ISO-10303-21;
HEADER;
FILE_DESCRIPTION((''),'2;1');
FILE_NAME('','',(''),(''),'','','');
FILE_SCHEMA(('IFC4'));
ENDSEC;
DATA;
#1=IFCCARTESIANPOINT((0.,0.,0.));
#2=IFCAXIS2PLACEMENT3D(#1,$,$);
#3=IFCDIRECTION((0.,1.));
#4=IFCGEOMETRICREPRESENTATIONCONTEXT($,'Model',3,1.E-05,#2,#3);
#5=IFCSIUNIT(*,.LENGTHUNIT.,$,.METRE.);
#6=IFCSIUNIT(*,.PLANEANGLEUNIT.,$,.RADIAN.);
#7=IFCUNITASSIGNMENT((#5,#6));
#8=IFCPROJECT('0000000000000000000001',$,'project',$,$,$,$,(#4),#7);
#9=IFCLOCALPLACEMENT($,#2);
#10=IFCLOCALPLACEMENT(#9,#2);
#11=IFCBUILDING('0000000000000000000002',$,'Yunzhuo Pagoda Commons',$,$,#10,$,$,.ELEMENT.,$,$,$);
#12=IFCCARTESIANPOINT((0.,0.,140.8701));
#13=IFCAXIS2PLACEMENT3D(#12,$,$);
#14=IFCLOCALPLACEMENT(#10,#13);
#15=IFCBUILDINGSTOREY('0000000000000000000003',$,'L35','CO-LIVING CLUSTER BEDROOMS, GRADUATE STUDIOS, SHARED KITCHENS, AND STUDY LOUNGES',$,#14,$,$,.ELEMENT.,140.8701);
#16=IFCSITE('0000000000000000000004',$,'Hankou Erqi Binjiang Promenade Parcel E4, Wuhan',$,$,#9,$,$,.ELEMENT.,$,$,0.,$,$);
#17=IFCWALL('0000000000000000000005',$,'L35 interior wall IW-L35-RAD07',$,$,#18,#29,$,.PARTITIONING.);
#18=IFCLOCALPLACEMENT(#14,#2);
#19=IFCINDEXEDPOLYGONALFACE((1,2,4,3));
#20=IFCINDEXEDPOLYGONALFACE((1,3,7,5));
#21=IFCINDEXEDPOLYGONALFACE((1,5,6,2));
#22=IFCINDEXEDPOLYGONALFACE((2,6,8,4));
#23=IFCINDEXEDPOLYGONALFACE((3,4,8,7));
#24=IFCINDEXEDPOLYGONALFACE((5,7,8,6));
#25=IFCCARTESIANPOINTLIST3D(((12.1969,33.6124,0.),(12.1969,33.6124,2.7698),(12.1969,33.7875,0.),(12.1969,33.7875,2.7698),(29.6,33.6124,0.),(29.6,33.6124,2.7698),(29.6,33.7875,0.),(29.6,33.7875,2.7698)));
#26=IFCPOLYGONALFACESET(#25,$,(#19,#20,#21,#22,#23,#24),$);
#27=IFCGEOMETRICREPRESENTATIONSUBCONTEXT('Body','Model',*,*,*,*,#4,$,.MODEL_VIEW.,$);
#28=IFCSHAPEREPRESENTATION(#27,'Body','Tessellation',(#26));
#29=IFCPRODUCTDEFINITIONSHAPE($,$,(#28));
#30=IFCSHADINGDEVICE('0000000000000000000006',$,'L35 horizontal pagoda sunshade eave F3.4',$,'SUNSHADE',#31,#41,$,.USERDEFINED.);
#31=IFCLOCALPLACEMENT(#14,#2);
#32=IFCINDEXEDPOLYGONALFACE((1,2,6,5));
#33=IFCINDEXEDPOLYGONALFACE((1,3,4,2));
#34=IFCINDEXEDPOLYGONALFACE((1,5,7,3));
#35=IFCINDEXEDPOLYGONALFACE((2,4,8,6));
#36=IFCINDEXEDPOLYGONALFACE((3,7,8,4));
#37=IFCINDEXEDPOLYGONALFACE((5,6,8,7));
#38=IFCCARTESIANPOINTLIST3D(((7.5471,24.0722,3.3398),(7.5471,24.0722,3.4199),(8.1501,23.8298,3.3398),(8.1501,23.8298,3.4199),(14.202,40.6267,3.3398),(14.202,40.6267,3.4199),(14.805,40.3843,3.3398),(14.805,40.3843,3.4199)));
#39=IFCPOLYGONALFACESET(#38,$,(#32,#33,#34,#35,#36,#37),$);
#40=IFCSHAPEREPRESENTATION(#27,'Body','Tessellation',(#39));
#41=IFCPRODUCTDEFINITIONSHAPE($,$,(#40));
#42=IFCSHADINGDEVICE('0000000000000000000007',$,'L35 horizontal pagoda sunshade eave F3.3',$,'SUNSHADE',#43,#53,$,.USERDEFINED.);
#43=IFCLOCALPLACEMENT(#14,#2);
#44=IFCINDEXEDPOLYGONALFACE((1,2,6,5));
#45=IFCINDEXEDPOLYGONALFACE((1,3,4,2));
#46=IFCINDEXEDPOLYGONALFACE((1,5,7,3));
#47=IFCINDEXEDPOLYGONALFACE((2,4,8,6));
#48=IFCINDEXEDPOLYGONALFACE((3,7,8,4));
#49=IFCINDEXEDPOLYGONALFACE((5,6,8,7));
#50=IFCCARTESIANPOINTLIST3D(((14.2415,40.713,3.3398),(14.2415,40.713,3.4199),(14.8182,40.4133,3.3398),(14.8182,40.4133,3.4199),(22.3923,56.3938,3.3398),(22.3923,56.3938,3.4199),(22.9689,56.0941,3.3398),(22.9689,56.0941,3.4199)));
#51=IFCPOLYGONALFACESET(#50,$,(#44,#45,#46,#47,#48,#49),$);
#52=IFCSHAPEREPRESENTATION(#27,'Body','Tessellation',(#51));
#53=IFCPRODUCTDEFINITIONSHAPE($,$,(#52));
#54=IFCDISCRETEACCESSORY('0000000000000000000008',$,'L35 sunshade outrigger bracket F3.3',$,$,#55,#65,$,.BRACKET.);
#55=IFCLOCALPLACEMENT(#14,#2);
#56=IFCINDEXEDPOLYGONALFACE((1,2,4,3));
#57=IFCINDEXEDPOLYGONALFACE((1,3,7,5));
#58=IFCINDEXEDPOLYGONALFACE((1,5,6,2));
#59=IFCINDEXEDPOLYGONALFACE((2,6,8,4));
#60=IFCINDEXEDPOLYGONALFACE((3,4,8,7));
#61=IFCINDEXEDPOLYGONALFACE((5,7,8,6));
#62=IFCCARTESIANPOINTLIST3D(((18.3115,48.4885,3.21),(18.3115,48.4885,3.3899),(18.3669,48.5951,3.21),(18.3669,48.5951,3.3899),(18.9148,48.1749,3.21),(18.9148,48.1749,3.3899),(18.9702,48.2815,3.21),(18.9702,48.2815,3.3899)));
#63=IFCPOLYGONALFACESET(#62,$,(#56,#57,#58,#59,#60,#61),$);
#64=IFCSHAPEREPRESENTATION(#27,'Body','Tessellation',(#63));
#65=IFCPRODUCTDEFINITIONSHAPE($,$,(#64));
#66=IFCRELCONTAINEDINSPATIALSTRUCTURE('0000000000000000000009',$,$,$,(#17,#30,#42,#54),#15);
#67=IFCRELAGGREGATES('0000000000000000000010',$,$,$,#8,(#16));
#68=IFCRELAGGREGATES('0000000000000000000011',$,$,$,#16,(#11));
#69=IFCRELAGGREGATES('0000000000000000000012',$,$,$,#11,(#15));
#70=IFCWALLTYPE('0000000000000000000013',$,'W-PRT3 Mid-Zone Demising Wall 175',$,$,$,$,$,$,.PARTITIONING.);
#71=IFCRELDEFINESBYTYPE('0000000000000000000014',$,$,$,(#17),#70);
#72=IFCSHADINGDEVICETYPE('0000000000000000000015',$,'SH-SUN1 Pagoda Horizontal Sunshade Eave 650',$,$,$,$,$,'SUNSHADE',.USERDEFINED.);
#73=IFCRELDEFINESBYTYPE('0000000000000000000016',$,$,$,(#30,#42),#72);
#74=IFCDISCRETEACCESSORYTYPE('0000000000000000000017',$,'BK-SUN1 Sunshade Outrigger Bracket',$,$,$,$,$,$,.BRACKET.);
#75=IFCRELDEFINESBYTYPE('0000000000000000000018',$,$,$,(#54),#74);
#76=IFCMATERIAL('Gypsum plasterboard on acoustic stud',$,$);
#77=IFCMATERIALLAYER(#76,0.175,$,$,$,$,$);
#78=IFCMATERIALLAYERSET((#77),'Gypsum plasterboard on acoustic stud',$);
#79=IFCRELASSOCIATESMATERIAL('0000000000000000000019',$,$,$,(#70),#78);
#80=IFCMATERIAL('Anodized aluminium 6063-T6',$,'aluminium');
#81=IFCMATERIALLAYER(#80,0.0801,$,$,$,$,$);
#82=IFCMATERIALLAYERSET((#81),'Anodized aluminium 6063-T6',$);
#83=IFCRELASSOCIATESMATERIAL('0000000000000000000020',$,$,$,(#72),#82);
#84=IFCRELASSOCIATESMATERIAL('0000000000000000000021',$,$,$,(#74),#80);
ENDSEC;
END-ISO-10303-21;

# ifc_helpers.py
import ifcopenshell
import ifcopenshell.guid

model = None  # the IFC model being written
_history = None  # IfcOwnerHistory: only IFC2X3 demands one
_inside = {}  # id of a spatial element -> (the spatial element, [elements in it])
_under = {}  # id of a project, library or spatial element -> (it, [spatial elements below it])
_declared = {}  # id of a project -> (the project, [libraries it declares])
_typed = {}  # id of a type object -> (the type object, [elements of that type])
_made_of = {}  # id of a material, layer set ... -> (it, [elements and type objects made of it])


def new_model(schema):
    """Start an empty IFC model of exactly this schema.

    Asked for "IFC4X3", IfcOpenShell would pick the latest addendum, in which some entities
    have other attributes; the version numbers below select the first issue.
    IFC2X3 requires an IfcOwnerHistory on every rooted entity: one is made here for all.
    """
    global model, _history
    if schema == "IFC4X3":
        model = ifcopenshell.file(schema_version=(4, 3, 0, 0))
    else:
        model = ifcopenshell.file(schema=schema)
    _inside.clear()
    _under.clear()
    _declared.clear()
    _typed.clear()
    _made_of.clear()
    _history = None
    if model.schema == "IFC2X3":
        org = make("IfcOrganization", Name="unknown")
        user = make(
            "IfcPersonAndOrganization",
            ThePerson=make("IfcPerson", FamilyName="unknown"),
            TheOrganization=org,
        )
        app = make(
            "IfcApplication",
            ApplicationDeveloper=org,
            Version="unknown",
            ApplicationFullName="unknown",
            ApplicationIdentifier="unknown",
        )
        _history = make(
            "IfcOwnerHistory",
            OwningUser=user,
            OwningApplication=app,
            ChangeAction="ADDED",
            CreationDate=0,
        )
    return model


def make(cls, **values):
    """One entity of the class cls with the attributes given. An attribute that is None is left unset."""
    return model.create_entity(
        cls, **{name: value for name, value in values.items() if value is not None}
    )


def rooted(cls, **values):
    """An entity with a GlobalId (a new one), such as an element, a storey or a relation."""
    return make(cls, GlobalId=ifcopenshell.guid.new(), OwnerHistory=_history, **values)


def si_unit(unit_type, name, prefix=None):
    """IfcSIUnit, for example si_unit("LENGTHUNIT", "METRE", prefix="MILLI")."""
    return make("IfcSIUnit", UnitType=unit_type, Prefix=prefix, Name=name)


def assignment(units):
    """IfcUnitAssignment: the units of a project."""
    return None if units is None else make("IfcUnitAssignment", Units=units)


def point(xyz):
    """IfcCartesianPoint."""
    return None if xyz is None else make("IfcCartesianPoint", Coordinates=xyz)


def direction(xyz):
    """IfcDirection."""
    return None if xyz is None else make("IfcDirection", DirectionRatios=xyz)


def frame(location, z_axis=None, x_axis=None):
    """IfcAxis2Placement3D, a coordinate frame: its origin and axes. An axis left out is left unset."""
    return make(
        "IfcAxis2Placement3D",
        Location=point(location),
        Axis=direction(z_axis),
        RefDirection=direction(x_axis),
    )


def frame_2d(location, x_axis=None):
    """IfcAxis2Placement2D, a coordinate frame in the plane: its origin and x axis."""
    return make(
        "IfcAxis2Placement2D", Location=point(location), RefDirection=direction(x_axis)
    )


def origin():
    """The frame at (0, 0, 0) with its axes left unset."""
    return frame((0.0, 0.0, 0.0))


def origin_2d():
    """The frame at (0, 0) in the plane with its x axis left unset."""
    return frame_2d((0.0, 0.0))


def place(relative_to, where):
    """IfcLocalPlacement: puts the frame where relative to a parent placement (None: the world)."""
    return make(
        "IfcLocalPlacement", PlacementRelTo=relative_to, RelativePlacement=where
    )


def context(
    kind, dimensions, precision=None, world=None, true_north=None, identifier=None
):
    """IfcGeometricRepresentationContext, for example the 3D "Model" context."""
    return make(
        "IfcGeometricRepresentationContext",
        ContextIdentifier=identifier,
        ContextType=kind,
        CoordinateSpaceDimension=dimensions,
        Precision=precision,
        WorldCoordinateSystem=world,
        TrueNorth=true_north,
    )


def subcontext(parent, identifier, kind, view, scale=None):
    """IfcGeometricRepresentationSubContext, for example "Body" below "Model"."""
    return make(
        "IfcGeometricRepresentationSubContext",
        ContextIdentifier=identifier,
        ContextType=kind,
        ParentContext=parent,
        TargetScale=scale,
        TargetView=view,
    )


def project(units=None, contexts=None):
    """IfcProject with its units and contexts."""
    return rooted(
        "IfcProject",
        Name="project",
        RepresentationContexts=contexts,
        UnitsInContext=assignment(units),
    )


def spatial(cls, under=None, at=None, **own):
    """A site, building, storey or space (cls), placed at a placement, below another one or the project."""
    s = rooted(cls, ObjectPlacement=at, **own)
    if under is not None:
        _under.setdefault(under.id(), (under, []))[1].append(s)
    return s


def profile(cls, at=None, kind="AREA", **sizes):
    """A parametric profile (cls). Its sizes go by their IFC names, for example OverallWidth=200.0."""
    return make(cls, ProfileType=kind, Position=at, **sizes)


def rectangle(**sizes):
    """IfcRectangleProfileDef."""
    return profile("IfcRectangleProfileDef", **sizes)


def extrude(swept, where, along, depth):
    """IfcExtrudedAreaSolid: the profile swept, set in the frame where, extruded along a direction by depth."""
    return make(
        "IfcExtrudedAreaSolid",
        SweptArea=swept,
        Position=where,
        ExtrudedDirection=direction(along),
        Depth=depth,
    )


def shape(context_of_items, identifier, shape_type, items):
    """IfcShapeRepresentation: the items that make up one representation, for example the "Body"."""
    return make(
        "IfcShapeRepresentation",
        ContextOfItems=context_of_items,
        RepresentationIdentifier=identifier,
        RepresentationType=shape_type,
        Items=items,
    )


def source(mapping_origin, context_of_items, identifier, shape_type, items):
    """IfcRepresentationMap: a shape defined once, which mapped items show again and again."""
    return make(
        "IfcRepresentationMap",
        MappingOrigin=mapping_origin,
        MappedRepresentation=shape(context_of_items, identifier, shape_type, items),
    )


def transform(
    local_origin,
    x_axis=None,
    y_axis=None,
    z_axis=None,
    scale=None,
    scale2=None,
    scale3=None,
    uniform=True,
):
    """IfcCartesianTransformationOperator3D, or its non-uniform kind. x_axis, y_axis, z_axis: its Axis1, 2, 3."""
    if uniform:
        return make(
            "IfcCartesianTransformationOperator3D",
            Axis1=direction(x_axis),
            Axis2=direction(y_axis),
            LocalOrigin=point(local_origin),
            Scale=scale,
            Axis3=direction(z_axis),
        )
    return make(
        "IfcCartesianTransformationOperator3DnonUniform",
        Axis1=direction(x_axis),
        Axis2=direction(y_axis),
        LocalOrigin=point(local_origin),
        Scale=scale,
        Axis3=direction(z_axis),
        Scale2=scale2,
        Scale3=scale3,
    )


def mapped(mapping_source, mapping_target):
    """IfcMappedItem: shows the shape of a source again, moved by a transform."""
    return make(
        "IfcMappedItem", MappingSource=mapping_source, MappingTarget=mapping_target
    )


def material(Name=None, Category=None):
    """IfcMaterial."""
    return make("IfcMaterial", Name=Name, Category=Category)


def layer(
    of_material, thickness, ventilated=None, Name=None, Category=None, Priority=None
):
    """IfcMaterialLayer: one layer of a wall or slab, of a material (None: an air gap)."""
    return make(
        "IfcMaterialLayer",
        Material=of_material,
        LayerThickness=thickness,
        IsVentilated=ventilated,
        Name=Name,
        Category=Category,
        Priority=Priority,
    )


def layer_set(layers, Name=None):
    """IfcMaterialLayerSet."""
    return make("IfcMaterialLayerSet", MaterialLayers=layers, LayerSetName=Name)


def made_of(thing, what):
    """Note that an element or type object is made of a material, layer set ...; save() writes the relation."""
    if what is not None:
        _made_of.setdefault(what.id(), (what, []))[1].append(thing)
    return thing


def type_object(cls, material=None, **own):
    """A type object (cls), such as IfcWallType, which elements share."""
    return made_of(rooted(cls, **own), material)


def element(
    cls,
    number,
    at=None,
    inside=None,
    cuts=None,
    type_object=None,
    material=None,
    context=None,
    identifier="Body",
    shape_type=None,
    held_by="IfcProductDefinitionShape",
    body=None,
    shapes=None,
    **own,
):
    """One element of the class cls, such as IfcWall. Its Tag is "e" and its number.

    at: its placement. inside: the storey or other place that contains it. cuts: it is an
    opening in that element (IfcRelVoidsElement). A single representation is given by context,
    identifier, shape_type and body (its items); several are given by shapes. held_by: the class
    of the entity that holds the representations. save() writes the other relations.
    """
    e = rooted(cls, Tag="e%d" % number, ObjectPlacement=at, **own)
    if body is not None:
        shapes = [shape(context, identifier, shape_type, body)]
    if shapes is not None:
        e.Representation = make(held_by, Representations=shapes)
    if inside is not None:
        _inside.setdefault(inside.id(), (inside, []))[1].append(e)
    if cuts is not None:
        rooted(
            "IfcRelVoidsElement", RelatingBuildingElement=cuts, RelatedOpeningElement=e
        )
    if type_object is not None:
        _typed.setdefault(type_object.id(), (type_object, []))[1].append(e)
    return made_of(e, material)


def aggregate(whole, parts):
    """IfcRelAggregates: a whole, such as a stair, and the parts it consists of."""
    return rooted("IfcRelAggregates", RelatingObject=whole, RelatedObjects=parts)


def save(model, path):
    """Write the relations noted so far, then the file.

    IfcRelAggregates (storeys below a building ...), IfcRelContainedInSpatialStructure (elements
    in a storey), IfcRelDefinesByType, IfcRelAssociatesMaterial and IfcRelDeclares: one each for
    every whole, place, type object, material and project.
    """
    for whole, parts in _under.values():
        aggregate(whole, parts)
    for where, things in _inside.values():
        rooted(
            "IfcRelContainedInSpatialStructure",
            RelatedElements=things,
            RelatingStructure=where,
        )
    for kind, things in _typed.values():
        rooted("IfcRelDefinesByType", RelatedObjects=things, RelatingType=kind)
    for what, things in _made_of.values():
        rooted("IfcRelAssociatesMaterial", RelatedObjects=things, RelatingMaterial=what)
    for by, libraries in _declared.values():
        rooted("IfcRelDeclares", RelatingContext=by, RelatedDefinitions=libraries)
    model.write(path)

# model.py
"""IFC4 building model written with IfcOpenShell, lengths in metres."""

from ifc_helpers import new_model, si_unit, direction, frame, frame_2d, origin, origin_2d, place, context, subcontext, project, spatial, rectangle, extrude, source, transform, mapped, material, layer, layer_set, type_object, element, save


model = new_model("IFC4")

# Units and contexts
model_context = context("Model", 3, precision=1e-05, world=origin(), true_north=direction((0.0, 1.0)))
body_context = subcontext(model_context, "Body", "Model", "MODEL_VIEW")
ifc_project = project(units=[si_unit("LENGTHUNIT", "METRE"), si_unit("PLANEANGLEUNIT", "RADIAN")], contexts=[model_context])

# Site, building, storey
site_placement = place(None, origin())
site = spatial("IfcSite", under=ifc_project, at=site_placement, Name="Hankou Erqi Binjiang Promenade Parcel E4, Wuhan", CompositionType="ELEMENT", RefElevation=0.0)
building_placement = place(site_placement, origin())
building = spatial("IfcBuilding", under=site, at=building_placement, Name="Yunzhuo Pagoda Commons", CompositionType="ELEMENT")
storey_placement = place(building_placement, frame((0.0, 0.0, 140.8701)))
storey = spatial("IfcBuildingStorey", under=building, at=storey_placement, Name="L35", Description="CO-LIVING CLUSTER BEDROOMS, GRADUATE STUDIOS, SHARED KITCHENS, AND STUDY LOUNGES", CompositionType="ELEMENT", Elevation=140.8701)

# Shared definitions
ifc_material_1 = material(Name="Anodized aluminium 6063-T6", Category="aluminium")

# Shared definitions
ifc_material_2 = material(Name="Gypsum plasterboard on acoustic stud")

# Wall
ifc_layer_1 = layer(ifc_material_2, 0.175)
ifc_layer_set_1 = layer_set([ifc_layer_1], Name="Gypsum plasterboard on acoustic stud")
wall_type_1 = type_object("IfcWallType", Name="W-PRT3 Mid-Zone Demising Wall 175", PredefinedType="PARTITIONING", material=ifc_layer_set_1)
wall_1_placement = place(storey_placement, frame((29.6001, 33.7, 0.0), z_axis=(0.0, 0.0, 1.0), x_axis=(-1.0, 0.0, 0.0)))
element("IfcWall", 1, at=wall_1_placement, inside=storey, type_object=wall_type_1, Name="L35 interior wall IW-L35-RAD07", PredefinedType="PARTITIONING", context=body_context, shape_type="SweptSolid", body=[
    extrude(rectangle(XDim=17.4031, YDim=0.175, at=frame_2d((8.7017, 0.0))), origin(), (0.0, 0.0, 1.0), 2.7698),
])

# Shading devices
ifc_layer_2 = layer(ifc_material_1, 0.0801)
ifc_layer_set_2 = layer_set([ifc_layer_2], Name="Anodized aluminium 6063-T6")
shading_device_type = type_object("IfcShadingDeviceType", Name="SH-SUN1 Pagoda Horizontal Sunshade Eave 650", ElementType="SUNSHADE", PredefinedType="USERDEFINED", material=ifc_layer_set_2)
shared_shape_1 = source(origin(), body_context, "Body", "SweptSolid", [
    extrude(rectangle(XDim=17.842, YDim=0.6499, at=origin_2d()), origin(), (0.0, 0.0, 1.0), 0.0801),
])
shading_device_1_placement = place(storey_placement, frame((11.176, 32.2283, 3.3398), z_axis=(0.0, 0.0, 1.0), x_axis=(-0.372988, -0.927836, 0.0)))
element("IfcShadingDevice", 2, at=shading_device_1_placement, inside=storey, type_object=shading_device_type, Name="L35 horizontal pagoda sunshade eave F3.4", ObjectType="SUNSHADE", PredefinedType="USERDEFINED", context=body_context, shape_type="MappedRepresentation", body=[
    mapped(shared_shape_1, transform((0.0, 0.0, 0.0), scale=1.0)),
])
shared_shape_2 = source(origin(), body_context, "Body", "SweptSolid", [
    extrude(rectangle(XDim=17.6726, YDim=0.6499, at=origin_2d()), origin(), (0.0, 0.0, 1.0), 0.0801),
])
shading_device_2_placement = place(storey_placement, frame((18.6052, 48.4036, 3.3398), z_axis=(0.0, 0.0, 1.0), x_axis=(-0.461207, -0.887293, 0.0)))
element("IfcShadingDevice", 3, at=shading_device_2_placement, inside=storey, type_object=shading_device_type, Name="L35 horizontal pagoda sunshade eave F3.3", ObjectType="SUNSHADE", PredefinedType="USERDEFINED", context=body_context, shape_type="MappedRepresentation", body=[
    mapped(shared_shape_2, transform((0.0, 0.0, 0.0), scale=1.0)),
])

# Discrete accessory
discrete_accessory_type = type_object("IfcDiscreteAccessoryType", Name="BK-SUN1 Sunshade Outrigger Bracket", PredefinedType="BRACKET", material=ifc_material_1)
shared_shape_3 = source(origin(), body_context, "Body", "SweptSolid", [
    extrude(rectangle(XDim=0.1201, YDim=0.6799, at=origin_2d()), origin(), (0.0, 0.0, 1.0), 0.1799),
])
discrete_accessory_placement = place(storey_placement, frame((18.6409, 48.385, 3.21), z_axis=(0.0, 0.0, 1.0), x_axis=(-0.461207, -0.887293, 0.0)))
element("IfcDiscreteAccessory", 4, at=discrete_accessory_placement, inside=storey, type_object=discrete_accessory_type, Name="L35 sunshade outrigger bracket F3.3", PredefinedType="BRACKET", context=body_context, shape_type="MappedRepresentation", body=[
    mapped(shared_shape_3, transform((0.0, 0.0, 0.0), scale=1.0)),
])

save(model, "model.ifc")
